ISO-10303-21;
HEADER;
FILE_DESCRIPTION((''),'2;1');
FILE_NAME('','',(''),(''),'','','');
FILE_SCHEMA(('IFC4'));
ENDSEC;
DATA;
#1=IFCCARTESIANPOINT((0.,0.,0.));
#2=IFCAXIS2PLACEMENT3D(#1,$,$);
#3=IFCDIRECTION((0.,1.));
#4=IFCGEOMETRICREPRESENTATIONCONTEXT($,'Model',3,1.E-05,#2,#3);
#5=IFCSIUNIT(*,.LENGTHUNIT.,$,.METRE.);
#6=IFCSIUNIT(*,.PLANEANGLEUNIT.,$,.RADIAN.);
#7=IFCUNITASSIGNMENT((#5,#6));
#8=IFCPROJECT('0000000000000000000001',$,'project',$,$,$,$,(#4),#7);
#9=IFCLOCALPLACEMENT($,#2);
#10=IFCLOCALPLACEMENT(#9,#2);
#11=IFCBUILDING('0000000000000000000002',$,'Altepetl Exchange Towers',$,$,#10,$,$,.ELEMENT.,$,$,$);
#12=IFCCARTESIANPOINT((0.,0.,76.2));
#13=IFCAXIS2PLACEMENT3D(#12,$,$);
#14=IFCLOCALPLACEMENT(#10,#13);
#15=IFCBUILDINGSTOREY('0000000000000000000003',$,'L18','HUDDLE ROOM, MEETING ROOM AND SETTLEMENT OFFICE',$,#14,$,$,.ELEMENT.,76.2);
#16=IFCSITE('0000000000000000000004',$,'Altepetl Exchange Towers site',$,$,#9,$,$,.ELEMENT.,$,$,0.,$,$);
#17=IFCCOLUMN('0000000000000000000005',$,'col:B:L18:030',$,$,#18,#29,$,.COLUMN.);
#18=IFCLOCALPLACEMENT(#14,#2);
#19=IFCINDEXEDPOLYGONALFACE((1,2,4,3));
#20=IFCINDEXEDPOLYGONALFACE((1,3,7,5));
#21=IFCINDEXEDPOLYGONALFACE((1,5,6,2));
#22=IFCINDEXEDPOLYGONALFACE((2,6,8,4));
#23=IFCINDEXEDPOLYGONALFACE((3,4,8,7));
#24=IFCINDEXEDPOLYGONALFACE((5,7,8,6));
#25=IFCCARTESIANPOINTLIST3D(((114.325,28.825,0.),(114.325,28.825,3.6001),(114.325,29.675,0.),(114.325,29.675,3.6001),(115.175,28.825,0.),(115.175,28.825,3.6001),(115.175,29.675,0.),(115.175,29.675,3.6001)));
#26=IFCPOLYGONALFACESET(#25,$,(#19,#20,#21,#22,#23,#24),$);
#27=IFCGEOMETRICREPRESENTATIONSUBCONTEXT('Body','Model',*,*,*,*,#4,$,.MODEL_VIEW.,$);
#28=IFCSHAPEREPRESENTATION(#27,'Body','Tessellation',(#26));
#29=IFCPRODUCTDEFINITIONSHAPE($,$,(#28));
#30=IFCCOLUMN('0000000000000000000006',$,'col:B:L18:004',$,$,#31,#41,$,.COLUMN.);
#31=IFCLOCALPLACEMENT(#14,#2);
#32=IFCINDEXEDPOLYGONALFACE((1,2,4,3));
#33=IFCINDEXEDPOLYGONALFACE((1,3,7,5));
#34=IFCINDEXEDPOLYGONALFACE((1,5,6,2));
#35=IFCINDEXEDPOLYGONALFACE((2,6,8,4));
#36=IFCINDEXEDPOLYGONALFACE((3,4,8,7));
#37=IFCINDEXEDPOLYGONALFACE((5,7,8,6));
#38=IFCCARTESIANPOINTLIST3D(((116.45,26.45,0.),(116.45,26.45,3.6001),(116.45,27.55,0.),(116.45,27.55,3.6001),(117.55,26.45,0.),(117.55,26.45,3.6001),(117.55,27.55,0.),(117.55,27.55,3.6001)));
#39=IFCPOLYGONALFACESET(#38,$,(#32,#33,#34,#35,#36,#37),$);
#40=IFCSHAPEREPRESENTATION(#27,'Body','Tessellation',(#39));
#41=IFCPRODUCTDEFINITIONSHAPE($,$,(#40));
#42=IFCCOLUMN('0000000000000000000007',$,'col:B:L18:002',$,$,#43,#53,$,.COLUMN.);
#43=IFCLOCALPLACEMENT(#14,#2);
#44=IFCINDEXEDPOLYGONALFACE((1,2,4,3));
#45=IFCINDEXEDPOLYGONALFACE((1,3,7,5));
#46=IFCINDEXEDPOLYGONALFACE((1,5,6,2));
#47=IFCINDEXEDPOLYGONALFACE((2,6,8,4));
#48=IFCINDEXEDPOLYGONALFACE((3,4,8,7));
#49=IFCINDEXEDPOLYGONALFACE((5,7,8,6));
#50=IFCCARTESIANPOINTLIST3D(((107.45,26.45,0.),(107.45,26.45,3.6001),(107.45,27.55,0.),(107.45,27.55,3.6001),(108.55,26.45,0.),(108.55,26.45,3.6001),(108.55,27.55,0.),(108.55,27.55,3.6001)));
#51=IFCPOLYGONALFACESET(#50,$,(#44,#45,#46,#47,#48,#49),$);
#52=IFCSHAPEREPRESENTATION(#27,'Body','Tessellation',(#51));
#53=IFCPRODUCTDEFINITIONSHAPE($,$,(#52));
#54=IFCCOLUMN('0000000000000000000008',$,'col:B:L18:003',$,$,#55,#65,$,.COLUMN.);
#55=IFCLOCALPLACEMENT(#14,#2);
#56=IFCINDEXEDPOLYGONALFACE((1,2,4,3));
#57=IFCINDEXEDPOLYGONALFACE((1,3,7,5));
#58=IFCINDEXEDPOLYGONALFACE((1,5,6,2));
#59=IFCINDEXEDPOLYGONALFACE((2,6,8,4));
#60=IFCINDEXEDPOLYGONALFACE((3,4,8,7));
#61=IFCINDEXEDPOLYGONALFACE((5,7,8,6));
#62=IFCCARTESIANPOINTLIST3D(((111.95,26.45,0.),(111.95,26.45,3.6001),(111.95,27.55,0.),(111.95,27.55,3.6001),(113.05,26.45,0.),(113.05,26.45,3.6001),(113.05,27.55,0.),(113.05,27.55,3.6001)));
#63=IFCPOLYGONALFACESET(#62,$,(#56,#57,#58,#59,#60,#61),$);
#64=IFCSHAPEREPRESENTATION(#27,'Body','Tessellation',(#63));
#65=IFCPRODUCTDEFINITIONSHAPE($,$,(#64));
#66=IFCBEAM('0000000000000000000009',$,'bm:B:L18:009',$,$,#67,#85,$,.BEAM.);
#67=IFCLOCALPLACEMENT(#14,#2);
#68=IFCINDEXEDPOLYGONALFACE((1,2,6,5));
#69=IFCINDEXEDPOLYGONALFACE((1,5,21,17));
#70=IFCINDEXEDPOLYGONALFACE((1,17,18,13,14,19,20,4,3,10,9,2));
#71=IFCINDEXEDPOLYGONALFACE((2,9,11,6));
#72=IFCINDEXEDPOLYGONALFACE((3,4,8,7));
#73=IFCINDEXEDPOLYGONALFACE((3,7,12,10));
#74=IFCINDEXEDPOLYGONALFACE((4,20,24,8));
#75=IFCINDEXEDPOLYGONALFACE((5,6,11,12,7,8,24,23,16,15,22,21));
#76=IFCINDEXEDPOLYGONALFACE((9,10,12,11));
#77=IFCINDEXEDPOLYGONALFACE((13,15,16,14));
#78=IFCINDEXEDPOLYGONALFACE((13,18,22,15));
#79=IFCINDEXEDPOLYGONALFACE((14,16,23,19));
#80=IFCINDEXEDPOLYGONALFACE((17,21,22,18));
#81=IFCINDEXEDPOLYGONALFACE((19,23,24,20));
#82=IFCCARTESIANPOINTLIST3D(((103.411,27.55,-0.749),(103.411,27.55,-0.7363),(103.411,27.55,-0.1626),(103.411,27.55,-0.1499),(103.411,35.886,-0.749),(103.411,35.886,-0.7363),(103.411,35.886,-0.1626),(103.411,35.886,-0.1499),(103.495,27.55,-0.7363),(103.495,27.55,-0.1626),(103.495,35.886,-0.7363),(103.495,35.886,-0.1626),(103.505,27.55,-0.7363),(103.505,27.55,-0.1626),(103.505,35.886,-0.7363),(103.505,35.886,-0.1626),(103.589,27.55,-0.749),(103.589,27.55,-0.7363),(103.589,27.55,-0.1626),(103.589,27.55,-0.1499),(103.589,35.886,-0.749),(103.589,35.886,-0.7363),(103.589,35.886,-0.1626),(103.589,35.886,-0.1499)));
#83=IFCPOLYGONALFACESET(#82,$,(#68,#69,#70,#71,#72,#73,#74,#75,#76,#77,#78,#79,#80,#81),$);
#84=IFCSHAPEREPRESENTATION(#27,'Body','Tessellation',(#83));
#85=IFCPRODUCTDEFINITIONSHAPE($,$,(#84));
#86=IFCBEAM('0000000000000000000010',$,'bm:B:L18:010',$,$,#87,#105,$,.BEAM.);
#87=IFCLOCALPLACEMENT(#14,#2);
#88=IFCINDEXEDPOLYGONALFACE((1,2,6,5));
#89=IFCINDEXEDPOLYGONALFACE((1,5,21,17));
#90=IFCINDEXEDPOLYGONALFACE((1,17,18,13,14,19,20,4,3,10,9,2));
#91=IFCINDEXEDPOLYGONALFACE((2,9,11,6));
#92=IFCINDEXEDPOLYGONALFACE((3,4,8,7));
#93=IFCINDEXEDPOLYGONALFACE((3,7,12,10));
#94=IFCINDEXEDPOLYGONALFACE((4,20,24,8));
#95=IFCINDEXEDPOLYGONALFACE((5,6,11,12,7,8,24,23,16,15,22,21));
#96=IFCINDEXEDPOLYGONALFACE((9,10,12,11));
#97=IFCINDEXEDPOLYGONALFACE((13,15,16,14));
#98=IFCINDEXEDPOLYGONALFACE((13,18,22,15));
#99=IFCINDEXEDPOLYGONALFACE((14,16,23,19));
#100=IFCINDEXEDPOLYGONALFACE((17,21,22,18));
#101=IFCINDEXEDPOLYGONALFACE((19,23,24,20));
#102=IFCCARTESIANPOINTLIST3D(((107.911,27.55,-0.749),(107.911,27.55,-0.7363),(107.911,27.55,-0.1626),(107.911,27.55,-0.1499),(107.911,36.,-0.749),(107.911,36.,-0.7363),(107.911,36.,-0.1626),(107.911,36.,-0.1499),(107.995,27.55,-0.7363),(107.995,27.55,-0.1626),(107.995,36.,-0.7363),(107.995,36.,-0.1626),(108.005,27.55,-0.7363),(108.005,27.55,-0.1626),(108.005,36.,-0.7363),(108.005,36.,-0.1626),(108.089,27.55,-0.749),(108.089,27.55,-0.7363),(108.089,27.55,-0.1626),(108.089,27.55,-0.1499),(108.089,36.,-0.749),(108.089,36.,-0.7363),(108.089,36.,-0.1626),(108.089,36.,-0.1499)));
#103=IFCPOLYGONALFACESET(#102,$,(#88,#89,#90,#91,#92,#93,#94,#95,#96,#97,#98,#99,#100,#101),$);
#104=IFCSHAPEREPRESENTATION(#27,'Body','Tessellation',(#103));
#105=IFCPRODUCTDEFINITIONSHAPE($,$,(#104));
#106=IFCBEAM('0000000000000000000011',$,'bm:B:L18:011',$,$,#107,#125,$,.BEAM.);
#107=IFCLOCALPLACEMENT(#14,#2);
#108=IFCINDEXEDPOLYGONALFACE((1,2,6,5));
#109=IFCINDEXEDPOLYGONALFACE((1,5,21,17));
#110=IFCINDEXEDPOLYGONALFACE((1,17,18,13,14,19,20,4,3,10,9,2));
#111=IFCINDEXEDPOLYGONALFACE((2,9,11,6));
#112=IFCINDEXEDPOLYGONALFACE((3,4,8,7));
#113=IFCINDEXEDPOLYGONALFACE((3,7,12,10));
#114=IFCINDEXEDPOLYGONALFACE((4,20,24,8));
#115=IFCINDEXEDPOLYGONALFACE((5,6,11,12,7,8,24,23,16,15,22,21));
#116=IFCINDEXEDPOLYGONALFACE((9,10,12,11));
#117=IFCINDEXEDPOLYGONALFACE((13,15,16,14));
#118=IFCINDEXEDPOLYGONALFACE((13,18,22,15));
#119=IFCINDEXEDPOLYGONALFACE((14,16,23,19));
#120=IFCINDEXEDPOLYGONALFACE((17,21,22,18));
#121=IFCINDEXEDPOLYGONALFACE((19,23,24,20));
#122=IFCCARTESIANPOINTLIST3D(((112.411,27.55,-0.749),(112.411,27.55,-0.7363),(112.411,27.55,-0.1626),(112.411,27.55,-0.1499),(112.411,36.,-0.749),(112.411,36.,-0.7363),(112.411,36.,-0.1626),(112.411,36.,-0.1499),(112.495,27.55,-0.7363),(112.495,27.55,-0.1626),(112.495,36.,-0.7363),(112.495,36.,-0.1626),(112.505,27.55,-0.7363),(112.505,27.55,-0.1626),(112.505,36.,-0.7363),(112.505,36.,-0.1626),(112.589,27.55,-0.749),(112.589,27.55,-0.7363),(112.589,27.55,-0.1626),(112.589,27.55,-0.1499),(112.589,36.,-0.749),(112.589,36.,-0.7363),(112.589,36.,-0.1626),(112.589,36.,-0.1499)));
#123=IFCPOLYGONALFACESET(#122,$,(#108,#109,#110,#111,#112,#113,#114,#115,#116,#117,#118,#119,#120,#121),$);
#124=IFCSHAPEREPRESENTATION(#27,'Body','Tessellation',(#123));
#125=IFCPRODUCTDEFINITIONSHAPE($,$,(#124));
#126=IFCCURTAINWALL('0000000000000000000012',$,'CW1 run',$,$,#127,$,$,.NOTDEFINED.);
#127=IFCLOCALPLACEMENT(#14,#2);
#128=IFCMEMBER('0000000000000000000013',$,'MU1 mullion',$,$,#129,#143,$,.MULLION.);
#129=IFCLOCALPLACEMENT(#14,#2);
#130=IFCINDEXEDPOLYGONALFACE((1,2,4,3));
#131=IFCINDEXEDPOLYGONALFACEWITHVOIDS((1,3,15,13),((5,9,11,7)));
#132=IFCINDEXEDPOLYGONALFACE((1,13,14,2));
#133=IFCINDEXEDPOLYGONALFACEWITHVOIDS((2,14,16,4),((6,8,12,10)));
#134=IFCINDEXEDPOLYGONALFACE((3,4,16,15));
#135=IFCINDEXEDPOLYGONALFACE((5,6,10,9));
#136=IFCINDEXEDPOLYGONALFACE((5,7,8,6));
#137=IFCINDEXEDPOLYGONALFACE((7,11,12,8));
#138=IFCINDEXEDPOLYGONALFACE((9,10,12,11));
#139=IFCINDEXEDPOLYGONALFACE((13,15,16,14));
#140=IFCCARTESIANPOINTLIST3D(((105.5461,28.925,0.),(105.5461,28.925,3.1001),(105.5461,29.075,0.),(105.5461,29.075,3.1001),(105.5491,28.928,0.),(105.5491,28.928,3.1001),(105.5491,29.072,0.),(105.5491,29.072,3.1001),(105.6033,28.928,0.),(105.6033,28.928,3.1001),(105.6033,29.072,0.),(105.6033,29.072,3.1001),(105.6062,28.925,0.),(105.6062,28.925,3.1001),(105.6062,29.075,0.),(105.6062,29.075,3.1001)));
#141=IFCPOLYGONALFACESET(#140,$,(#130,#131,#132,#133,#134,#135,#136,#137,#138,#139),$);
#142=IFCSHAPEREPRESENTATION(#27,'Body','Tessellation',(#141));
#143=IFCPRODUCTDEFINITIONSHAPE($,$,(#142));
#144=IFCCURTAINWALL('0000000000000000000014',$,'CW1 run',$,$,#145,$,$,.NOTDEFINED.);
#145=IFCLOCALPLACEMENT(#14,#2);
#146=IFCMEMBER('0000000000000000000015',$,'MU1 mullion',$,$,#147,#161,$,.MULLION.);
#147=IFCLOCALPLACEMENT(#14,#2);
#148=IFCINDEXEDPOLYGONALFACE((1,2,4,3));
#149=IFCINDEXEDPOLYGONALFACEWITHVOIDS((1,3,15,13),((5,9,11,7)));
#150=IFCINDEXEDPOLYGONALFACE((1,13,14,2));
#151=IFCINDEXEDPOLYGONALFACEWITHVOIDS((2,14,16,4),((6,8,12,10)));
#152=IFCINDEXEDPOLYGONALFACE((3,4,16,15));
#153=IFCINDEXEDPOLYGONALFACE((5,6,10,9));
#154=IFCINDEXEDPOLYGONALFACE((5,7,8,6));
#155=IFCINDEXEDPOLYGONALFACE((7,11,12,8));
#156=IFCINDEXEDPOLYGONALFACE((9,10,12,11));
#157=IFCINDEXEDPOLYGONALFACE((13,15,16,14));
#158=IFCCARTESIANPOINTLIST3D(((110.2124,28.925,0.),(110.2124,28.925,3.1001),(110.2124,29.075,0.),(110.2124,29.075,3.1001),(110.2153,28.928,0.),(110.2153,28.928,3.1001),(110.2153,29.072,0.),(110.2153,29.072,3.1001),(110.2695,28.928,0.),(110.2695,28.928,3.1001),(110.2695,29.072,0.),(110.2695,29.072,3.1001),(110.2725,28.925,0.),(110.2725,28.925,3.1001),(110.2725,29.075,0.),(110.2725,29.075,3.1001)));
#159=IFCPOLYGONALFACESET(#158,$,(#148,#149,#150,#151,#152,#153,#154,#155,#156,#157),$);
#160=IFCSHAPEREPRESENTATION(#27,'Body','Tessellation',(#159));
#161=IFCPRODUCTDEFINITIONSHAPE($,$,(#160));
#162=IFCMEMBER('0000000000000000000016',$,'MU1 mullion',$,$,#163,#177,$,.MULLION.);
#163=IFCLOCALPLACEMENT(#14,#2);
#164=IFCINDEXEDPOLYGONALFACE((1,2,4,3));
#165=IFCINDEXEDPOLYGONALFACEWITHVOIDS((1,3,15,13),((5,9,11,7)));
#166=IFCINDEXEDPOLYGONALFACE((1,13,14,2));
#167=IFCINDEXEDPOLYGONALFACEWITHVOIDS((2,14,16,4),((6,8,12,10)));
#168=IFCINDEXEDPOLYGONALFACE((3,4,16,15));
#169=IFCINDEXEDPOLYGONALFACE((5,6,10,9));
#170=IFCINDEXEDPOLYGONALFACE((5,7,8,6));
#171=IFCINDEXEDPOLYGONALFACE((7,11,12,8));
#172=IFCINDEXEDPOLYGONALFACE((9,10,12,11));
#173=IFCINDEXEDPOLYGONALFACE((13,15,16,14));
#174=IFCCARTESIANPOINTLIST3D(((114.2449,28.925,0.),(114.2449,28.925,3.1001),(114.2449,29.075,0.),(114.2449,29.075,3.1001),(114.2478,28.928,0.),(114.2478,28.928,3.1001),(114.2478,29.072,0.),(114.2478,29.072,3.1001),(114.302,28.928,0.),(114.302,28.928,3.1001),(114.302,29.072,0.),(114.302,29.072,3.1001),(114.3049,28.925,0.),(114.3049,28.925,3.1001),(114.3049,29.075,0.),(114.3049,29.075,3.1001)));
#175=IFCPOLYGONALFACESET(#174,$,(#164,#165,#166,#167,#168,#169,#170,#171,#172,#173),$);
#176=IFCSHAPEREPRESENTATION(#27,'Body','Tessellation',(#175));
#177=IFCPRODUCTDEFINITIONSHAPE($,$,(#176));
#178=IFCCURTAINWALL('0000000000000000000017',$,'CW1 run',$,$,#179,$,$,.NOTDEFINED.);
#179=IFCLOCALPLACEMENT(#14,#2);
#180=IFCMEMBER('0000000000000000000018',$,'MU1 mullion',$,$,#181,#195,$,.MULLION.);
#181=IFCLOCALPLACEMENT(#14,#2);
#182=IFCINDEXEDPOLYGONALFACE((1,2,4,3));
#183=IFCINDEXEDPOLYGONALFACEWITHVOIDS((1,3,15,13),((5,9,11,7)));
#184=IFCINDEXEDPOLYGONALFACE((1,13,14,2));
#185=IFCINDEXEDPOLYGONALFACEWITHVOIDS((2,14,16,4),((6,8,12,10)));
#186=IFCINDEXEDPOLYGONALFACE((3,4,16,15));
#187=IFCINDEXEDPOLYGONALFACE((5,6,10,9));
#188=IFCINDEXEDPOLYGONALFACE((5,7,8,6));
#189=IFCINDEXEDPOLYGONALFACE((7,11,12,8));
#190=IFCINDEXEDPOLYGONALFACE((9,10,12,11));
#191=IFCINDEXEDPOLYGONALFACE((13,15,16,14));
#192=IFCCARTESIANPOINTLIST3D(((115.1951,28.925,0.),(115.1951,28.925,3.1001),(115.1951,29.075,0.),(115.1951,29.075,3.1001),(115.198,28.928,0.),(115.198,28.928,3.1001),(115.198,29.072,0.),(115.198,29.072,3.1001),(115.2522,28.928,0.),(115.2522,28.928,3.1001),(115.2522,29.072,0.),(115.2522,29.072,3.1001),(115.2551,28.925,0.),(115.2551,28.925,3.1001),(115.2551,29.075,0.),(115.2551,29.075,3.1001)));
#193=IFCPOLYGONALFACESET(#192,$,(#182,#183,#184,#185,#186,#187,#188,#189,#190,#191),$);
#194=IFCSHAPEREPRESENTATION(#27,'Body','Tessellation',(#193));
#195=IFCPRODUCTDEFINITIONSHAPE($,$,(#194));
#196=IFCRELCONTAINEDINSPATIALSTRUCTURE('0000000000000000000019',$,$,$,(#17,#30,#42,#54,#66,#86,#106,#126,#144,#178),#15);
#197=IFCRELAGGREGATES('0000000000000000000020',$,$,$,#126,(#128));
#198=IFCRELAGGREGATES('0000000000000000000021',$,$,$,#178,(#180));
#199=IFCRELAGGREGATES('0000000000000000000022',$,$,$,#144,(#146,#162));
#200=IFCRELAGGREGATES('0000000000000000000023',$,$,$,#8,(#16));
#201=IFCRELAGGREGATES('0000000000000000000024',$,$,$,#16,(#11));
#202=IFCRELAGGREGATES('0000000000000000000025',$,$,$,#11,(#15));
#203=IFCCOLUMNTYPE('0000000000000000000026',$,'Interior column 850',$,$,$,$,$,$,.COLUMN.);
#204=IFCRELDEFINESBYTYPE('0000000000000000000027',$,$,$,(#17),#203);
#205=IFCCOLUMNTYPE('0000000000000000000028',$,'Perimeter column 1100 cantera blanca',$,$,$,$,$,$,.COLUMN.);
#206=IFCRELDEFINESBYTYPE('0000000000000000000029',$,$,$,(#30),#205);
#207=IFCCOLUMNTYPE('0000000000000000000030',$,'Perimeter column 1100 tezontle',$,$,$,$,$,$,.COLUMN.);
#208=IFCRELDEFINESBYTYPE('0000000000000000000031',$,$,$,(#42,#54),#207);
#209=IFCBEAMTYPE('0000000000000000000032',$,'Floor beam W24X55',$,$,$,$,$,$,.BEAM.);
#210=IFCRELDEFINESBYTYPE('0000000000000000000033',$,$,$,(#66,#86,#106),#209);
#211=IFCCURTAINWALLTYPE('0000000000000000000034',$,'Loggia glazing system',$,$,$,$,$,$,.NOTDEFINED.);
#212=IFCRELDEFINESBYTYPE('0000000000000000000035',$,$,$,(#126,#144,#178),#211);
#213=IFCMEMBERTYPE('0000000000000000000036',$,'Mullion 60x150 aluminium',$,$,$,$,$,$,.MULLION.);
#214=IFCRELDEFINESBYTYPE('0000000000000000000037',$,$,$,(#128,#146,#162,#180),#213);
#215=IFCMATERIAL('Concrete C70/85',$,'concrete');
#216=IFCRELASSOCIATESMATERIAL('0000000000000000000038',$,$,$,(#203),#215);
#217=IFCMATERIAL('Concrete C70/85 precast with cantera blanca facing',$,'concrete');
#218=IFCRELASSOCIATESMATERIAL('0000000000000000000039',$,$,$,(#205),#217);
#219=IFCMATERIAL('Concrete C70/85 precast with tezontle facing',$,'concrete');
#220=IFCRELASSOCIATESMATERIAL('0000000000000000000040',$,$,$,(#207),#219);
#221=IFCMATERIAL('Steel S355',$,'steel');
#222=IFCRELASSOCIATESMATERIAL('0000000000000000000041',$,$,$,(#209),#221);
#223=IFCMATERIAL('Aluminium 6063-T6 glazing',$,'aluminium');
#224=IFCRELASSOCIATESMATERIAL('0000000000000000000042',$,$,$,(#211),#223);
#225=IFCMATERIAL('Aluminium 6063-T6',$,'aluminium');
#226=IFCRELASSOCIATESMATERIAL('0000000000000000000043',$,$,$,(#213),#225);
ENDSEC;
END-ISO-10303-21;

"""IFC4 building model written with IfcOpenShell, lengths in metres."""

from ifc_helpers import new_model, si_unit, direction, frame, origin, origin_2d, place, context, subcontext, project, spatial, rectangle, hollow_rectangle, i_section, extrude, material, material_profile, profile_set, type_object, element, aggregate, save


model = new_model("IFC4")

# Units and contexts
model_context = context("Model", 3, precision=1e-05, world=origin(), true_north=direction((0.0, 1.0)))
body_context = subcontext(model_context, "Body", "Model", "MODEL_VIEW")
ifc_project = project(units=[si_unit("LENGTHUNIT", "METRE"), si_unit("PLANEANGLEUNIT", "RADIAN")], contexts=[model_context])

# Site, building, storey
site_placement = place(None, origin())
site = spatial("IfcSite", under=ifc_project, at=site_placement, Name="Altepetl Exchange Towers site", CompositionType="ELEMENT", RefElevation=0.0)
building_placement = place(site_placement, origin())
building = spatial("IfcBuilding", under=site, at=building_placement, Name="Altepetl Exchange Towers", CompositionType="ELEMENT")
storey_placement = place(building_placement, frame((0.0, 0.0, 76.2)))
storey = spatial("IfcBuildingStorey", under=building, at=storey_placement, Name="L18", Description="HUDDLE ROOM, MEETING ROOM AND SETTLEMENT OFFICE", CompositionType="ELEMENT", Elevation=76.2)

# Columns
ifc_material_1 = material(Name="Concrete C70/85", Category="concrete")
ifc_material_profile_1 = material_profile(ifc_material_1, rectangle(XDim=0.8501, YDim=0.8501, at=origin_2d()), Name="850 x 850")
ifc_profile_set_1 = profile_set([ifc_material_profile_1], Name="Concrete C70/85")
column_type_1 = type_object("IfcColumnType", Name="Interior column 850", PredefinedType="COLUMN", material=ifc_profile_set_1)
column_1_placement = place(storey_placement, frame((114.75, 29.25, 0.0)))
element("IfcColumn", 1, at=column_1_placement, inside=storey, type_object=column_type_1, Name="col:B:L18:030", PredefinedType="COLUMN", context=body_context, shape_type="SweptSolid", body=[
    extrude(rectangle(XDim=0.8501, YDim=0.8501, at=origin_2d()), origin(), (0.0, 0.0, 1.0), 3.6001),
])
ifc_material_2 = material(Name="Concrete C70/85 precast with cantera blanca facing", Category="concrete")
ifc_material_profile_2 = material_profile(ifc_material_2, rectangle(XDim=1.1001, YDim=1.1001, at=origin_2d()), Name="1100 x 1100")
ifc_profile_set_2 = profile_set([ifc_material_profile_2], Name="Concrete C70/85 precast with cantera blanca facing")
column_type_2 = type_object("IfcColumnType", Name="Perimeter column 1100 cantera blanca", PredefinedType="COLUMN", material=ifc_profile_set_2)
column_2_placement = place(storey_placement, frame((117.0, 27.0, 0.0)))
element("IfcColumn", 2, at=column_2_placement, inside=storey, type_object=column_type_2, Name="col:B:L18:004", PredefinedType="COLUMN", context=body_context, shape_type="SweptSolid", body=[
    extrude(rectangle(XDim=1.1001, YDim=1.1001, at=origin_2d()), origin(), (0.0, 0.0, 1.0), 3.6001),
])
ifc_material_3 = material(Name="Concrete C70/85 precast with tezontle facing", Category="concrete")
ifc_material_profile_3 = material_profile(ifc_material_3, rectangle(XDim=1.1001, YDim=1.1001, at=origin_2d()), Name="1100 x 1100")
ifc_profile_set_3 = profile_set([ifc_material_profile_3], Name="Concrete C70/85 precast with tezontle facing")
column_type_3 = type_object("IfcColumnType", Name="Perimeter column 1100 tezontle", PredefinedType="COLUMN", material=ifc_profile_set_3)
for number, where, name in (
    (3, (108.0, 27.0, 0.0), "col:B:L18:002"),
    (4, (112.5, 27.0, 0.0), "col:B:L18:003"),
):
    element("IfcColumn", number, at=place(storey_placement, frame(where)), inside=storey, type_object=column_type_3, Name=name, PredefinedType="COLUMN", context=body_context, shape_type="SweptSolid", body=[
        extrude(rectangle(XDim=1.1001, YDim=1.1001, at=origin_2d()), origin(), (0.0, 0.0, 1.0), 3.6001),
    ])

# Beams
ifc_material_4 = material(Name="Steel S355", Category="steel")
ifc_material_profile_4 = material_profile(ifc_material_4, i_section(OverallWidth=0.178, OverallDepth=0.5991, WebThickness=0.01, FlangeThickness=0.0127, at=origin_2d()), Name="W24X55")
ifc_profile_set_4 = profile_set([ifc_material_profile_4], Name="Steel S355")
beam_type_1 = type_object("IfcBeamType", Name="Floor beam W24X55", PredefinedType="BEAM", material=ifc_profile_set_4)
beam_placement = place(storey_placement, frame((103.5, 27.55, -0.4495), z_axis=(0.0, 1.0, 0.0), x_axis=(-1.0, 0.0, 0.0)))
element("IfcBeam", 5, at=beam_placement, inside=storey, type_object=beam_type_1, Name="bm:B:L18:009", PredefinedType="BEAM", context=body_context, shape_type="SweptSolid", body=[
    extrude(i_section(OverallWidth=0.178, OverallDepth=0.5991, WebThickness=0.01, FlangeThickness=0.0127, at=origin_2d()), origin(), (0.0, 0.0, 1.0), 8.3359),
])
for number, where, z_axis, x_axis, name in (
    (6, (108.0, 27.55, -0.4495), (0.0, 1.0, 0.0), (-1.0, 0.0, 0.0), "bm:B:L18:010"),
    (7, (112.5, 27.55, -0.4495), (0.0, 1.0, 0.0), (-1.0, 0.0, 0.0), "bm:B:L18:011"),
):
    element("IfcBeam", number, at=place(storey_placement, frame(where, z_axis=z_axis, x_axis=x_axis)), inside=storey, type_object=beam_type_1, Name=name, PredefinedType="BEAM", context=body_context, shape_type="SweptSolid", body=[
        extrude(i_section(OverallWidth=0.178, OverallDepth=0.5991, WebThickness=0.01, FlangeThickness=0.0127, at=origin_2d()), origin(), (0.0, 0.0, 1.0), 8.45),
    ])

# Curtain wall, member
ifc_material_5 = material(Name="Aluminium 6063-T6 glazing", Category="aluminium")
curtain_wall_type = type_object("IfcCurtainWallType", Name="Loggia glazing system", PredefinedType="NOTDEFINED", material=ifc_material_5)
curtain_wall_1_placement = place(storey_placement, origin())
curtain_wall_1 = element("IfcCurtainWall", 8, at=curtain_wall_1_placement, inside=storey, type_object=curtain_wall_type, Name="CW1 run", PredefinedType="NOTDEFINED")
ifc_material_6 = material(Name="Aluminium 6063-T6", Category="aluminium")
ifc_material_profile_5 = material_profile(ifc_material_6, hollow_rectangle(XDim=0.0601, YDim=0.1499, WallThickness=0.0029, at=origin_2d()), Name="Mullion 60x150 aluminium")
ifc_profile_set_5 = profile_set([ifc_material_profile_5], Name="Aluminium 6063-T6")
member_type = type_object("IfcMemberType", Name="Mullion 60x150 aluminium", PredefinedType="MULLION", material=ifc_profile_set_5)
member_1_placement = place(storey_placement, frame((105.5762, 29.0, 0.0)))
member_1 = element("IfcMember", 9, at=member_1_placement, type_object=member_type, Name="MU1 mullion", PredefinedType="MULLION", context=body_context, shape_type="SweptSolid", body=[
    extrude(hollow_rectangle(XDim=0.0601, YDim=0.1499, WallThickness=0.0029, at=origin_2d()), origin(), (0.0, 0.0, 1.0), 3.1001),
])
aggregate(curtain_wall_1, [member_1])

# Curtain wall, members
curtain_wall_2_placement = place(storey_placement, origin())
curtain_wall_2 = element("IfcCurtainWall", 10, at=curtain_wall_2_placement, inside=storey, type_object=curtain_wall_type, Name="CW1 run", PredefinedType="NOTDEFINED")
member_2_placement = place(storey_placement, frame((110.2424, 29.0, 0.0)))
member_2 = element("IfcMember", 11, at=member_2_placement, type_object=member_type, Name="MU1 mullion", PredefinedType="MULLION", context=body_context, shape_type="SweptSolid", body=[
    extrude(hollow_rectangle(XDim=0.0601, YDim=0.1499, WallThickness=0.0029, at=origin_2d()), origin(), (0.0, 0.0, 1.0), 3.1001),
])
member_3_placement = place(storey_placement, frame((114.2749, 29.0, 0.0)))
member_3 = element("IfcMember", 12, at=member_3_placement, type_object=member_type, Name="MU1 mullion", PredefinedType="MULLION", context=body_context, shape_type="SweptSolid", body=[
    extrude(hollow_rectangle(XDim=0.0601, YDim=0.1499, WallThickness=0.0029, at=origin_2d()), origin(), (0.0, 0.0, 1.0), 3.1001),
])

# Curtain wall, member
curtain_wall_3_placement = place(storey_placement, origin())
curtain_wall_3 = element("IfcCurtainWall", 13, at=curtain_wall_3_placement, inside=storey, type_object=curtain_wall_type, Name="CW1 run", PredefinedType="NOTDEFINED")
member_4_placement = place(storey_placement, frame((115.2251, 29.0, 0.0)))
member_4 = element("IfcMember", 14, at=member_4_placement, type_object=member_type, Name="MU1 mullion", PredefinedType="MULLION", context=body_context, shape_type="SweptSolid", body=[
    extrude(hollow_rectangle(XDim=0.0601, YDim=0.1499, WallThickness=0.0029, at=origin_2d()), origin(), (0.0, 0.0, 1.0), 3.1001),
])
aggregate(curtain_wall_3, [member_4])

aggregate(curtain_wall_2, [member_2, member_3])

save(model, "model.ifc")
